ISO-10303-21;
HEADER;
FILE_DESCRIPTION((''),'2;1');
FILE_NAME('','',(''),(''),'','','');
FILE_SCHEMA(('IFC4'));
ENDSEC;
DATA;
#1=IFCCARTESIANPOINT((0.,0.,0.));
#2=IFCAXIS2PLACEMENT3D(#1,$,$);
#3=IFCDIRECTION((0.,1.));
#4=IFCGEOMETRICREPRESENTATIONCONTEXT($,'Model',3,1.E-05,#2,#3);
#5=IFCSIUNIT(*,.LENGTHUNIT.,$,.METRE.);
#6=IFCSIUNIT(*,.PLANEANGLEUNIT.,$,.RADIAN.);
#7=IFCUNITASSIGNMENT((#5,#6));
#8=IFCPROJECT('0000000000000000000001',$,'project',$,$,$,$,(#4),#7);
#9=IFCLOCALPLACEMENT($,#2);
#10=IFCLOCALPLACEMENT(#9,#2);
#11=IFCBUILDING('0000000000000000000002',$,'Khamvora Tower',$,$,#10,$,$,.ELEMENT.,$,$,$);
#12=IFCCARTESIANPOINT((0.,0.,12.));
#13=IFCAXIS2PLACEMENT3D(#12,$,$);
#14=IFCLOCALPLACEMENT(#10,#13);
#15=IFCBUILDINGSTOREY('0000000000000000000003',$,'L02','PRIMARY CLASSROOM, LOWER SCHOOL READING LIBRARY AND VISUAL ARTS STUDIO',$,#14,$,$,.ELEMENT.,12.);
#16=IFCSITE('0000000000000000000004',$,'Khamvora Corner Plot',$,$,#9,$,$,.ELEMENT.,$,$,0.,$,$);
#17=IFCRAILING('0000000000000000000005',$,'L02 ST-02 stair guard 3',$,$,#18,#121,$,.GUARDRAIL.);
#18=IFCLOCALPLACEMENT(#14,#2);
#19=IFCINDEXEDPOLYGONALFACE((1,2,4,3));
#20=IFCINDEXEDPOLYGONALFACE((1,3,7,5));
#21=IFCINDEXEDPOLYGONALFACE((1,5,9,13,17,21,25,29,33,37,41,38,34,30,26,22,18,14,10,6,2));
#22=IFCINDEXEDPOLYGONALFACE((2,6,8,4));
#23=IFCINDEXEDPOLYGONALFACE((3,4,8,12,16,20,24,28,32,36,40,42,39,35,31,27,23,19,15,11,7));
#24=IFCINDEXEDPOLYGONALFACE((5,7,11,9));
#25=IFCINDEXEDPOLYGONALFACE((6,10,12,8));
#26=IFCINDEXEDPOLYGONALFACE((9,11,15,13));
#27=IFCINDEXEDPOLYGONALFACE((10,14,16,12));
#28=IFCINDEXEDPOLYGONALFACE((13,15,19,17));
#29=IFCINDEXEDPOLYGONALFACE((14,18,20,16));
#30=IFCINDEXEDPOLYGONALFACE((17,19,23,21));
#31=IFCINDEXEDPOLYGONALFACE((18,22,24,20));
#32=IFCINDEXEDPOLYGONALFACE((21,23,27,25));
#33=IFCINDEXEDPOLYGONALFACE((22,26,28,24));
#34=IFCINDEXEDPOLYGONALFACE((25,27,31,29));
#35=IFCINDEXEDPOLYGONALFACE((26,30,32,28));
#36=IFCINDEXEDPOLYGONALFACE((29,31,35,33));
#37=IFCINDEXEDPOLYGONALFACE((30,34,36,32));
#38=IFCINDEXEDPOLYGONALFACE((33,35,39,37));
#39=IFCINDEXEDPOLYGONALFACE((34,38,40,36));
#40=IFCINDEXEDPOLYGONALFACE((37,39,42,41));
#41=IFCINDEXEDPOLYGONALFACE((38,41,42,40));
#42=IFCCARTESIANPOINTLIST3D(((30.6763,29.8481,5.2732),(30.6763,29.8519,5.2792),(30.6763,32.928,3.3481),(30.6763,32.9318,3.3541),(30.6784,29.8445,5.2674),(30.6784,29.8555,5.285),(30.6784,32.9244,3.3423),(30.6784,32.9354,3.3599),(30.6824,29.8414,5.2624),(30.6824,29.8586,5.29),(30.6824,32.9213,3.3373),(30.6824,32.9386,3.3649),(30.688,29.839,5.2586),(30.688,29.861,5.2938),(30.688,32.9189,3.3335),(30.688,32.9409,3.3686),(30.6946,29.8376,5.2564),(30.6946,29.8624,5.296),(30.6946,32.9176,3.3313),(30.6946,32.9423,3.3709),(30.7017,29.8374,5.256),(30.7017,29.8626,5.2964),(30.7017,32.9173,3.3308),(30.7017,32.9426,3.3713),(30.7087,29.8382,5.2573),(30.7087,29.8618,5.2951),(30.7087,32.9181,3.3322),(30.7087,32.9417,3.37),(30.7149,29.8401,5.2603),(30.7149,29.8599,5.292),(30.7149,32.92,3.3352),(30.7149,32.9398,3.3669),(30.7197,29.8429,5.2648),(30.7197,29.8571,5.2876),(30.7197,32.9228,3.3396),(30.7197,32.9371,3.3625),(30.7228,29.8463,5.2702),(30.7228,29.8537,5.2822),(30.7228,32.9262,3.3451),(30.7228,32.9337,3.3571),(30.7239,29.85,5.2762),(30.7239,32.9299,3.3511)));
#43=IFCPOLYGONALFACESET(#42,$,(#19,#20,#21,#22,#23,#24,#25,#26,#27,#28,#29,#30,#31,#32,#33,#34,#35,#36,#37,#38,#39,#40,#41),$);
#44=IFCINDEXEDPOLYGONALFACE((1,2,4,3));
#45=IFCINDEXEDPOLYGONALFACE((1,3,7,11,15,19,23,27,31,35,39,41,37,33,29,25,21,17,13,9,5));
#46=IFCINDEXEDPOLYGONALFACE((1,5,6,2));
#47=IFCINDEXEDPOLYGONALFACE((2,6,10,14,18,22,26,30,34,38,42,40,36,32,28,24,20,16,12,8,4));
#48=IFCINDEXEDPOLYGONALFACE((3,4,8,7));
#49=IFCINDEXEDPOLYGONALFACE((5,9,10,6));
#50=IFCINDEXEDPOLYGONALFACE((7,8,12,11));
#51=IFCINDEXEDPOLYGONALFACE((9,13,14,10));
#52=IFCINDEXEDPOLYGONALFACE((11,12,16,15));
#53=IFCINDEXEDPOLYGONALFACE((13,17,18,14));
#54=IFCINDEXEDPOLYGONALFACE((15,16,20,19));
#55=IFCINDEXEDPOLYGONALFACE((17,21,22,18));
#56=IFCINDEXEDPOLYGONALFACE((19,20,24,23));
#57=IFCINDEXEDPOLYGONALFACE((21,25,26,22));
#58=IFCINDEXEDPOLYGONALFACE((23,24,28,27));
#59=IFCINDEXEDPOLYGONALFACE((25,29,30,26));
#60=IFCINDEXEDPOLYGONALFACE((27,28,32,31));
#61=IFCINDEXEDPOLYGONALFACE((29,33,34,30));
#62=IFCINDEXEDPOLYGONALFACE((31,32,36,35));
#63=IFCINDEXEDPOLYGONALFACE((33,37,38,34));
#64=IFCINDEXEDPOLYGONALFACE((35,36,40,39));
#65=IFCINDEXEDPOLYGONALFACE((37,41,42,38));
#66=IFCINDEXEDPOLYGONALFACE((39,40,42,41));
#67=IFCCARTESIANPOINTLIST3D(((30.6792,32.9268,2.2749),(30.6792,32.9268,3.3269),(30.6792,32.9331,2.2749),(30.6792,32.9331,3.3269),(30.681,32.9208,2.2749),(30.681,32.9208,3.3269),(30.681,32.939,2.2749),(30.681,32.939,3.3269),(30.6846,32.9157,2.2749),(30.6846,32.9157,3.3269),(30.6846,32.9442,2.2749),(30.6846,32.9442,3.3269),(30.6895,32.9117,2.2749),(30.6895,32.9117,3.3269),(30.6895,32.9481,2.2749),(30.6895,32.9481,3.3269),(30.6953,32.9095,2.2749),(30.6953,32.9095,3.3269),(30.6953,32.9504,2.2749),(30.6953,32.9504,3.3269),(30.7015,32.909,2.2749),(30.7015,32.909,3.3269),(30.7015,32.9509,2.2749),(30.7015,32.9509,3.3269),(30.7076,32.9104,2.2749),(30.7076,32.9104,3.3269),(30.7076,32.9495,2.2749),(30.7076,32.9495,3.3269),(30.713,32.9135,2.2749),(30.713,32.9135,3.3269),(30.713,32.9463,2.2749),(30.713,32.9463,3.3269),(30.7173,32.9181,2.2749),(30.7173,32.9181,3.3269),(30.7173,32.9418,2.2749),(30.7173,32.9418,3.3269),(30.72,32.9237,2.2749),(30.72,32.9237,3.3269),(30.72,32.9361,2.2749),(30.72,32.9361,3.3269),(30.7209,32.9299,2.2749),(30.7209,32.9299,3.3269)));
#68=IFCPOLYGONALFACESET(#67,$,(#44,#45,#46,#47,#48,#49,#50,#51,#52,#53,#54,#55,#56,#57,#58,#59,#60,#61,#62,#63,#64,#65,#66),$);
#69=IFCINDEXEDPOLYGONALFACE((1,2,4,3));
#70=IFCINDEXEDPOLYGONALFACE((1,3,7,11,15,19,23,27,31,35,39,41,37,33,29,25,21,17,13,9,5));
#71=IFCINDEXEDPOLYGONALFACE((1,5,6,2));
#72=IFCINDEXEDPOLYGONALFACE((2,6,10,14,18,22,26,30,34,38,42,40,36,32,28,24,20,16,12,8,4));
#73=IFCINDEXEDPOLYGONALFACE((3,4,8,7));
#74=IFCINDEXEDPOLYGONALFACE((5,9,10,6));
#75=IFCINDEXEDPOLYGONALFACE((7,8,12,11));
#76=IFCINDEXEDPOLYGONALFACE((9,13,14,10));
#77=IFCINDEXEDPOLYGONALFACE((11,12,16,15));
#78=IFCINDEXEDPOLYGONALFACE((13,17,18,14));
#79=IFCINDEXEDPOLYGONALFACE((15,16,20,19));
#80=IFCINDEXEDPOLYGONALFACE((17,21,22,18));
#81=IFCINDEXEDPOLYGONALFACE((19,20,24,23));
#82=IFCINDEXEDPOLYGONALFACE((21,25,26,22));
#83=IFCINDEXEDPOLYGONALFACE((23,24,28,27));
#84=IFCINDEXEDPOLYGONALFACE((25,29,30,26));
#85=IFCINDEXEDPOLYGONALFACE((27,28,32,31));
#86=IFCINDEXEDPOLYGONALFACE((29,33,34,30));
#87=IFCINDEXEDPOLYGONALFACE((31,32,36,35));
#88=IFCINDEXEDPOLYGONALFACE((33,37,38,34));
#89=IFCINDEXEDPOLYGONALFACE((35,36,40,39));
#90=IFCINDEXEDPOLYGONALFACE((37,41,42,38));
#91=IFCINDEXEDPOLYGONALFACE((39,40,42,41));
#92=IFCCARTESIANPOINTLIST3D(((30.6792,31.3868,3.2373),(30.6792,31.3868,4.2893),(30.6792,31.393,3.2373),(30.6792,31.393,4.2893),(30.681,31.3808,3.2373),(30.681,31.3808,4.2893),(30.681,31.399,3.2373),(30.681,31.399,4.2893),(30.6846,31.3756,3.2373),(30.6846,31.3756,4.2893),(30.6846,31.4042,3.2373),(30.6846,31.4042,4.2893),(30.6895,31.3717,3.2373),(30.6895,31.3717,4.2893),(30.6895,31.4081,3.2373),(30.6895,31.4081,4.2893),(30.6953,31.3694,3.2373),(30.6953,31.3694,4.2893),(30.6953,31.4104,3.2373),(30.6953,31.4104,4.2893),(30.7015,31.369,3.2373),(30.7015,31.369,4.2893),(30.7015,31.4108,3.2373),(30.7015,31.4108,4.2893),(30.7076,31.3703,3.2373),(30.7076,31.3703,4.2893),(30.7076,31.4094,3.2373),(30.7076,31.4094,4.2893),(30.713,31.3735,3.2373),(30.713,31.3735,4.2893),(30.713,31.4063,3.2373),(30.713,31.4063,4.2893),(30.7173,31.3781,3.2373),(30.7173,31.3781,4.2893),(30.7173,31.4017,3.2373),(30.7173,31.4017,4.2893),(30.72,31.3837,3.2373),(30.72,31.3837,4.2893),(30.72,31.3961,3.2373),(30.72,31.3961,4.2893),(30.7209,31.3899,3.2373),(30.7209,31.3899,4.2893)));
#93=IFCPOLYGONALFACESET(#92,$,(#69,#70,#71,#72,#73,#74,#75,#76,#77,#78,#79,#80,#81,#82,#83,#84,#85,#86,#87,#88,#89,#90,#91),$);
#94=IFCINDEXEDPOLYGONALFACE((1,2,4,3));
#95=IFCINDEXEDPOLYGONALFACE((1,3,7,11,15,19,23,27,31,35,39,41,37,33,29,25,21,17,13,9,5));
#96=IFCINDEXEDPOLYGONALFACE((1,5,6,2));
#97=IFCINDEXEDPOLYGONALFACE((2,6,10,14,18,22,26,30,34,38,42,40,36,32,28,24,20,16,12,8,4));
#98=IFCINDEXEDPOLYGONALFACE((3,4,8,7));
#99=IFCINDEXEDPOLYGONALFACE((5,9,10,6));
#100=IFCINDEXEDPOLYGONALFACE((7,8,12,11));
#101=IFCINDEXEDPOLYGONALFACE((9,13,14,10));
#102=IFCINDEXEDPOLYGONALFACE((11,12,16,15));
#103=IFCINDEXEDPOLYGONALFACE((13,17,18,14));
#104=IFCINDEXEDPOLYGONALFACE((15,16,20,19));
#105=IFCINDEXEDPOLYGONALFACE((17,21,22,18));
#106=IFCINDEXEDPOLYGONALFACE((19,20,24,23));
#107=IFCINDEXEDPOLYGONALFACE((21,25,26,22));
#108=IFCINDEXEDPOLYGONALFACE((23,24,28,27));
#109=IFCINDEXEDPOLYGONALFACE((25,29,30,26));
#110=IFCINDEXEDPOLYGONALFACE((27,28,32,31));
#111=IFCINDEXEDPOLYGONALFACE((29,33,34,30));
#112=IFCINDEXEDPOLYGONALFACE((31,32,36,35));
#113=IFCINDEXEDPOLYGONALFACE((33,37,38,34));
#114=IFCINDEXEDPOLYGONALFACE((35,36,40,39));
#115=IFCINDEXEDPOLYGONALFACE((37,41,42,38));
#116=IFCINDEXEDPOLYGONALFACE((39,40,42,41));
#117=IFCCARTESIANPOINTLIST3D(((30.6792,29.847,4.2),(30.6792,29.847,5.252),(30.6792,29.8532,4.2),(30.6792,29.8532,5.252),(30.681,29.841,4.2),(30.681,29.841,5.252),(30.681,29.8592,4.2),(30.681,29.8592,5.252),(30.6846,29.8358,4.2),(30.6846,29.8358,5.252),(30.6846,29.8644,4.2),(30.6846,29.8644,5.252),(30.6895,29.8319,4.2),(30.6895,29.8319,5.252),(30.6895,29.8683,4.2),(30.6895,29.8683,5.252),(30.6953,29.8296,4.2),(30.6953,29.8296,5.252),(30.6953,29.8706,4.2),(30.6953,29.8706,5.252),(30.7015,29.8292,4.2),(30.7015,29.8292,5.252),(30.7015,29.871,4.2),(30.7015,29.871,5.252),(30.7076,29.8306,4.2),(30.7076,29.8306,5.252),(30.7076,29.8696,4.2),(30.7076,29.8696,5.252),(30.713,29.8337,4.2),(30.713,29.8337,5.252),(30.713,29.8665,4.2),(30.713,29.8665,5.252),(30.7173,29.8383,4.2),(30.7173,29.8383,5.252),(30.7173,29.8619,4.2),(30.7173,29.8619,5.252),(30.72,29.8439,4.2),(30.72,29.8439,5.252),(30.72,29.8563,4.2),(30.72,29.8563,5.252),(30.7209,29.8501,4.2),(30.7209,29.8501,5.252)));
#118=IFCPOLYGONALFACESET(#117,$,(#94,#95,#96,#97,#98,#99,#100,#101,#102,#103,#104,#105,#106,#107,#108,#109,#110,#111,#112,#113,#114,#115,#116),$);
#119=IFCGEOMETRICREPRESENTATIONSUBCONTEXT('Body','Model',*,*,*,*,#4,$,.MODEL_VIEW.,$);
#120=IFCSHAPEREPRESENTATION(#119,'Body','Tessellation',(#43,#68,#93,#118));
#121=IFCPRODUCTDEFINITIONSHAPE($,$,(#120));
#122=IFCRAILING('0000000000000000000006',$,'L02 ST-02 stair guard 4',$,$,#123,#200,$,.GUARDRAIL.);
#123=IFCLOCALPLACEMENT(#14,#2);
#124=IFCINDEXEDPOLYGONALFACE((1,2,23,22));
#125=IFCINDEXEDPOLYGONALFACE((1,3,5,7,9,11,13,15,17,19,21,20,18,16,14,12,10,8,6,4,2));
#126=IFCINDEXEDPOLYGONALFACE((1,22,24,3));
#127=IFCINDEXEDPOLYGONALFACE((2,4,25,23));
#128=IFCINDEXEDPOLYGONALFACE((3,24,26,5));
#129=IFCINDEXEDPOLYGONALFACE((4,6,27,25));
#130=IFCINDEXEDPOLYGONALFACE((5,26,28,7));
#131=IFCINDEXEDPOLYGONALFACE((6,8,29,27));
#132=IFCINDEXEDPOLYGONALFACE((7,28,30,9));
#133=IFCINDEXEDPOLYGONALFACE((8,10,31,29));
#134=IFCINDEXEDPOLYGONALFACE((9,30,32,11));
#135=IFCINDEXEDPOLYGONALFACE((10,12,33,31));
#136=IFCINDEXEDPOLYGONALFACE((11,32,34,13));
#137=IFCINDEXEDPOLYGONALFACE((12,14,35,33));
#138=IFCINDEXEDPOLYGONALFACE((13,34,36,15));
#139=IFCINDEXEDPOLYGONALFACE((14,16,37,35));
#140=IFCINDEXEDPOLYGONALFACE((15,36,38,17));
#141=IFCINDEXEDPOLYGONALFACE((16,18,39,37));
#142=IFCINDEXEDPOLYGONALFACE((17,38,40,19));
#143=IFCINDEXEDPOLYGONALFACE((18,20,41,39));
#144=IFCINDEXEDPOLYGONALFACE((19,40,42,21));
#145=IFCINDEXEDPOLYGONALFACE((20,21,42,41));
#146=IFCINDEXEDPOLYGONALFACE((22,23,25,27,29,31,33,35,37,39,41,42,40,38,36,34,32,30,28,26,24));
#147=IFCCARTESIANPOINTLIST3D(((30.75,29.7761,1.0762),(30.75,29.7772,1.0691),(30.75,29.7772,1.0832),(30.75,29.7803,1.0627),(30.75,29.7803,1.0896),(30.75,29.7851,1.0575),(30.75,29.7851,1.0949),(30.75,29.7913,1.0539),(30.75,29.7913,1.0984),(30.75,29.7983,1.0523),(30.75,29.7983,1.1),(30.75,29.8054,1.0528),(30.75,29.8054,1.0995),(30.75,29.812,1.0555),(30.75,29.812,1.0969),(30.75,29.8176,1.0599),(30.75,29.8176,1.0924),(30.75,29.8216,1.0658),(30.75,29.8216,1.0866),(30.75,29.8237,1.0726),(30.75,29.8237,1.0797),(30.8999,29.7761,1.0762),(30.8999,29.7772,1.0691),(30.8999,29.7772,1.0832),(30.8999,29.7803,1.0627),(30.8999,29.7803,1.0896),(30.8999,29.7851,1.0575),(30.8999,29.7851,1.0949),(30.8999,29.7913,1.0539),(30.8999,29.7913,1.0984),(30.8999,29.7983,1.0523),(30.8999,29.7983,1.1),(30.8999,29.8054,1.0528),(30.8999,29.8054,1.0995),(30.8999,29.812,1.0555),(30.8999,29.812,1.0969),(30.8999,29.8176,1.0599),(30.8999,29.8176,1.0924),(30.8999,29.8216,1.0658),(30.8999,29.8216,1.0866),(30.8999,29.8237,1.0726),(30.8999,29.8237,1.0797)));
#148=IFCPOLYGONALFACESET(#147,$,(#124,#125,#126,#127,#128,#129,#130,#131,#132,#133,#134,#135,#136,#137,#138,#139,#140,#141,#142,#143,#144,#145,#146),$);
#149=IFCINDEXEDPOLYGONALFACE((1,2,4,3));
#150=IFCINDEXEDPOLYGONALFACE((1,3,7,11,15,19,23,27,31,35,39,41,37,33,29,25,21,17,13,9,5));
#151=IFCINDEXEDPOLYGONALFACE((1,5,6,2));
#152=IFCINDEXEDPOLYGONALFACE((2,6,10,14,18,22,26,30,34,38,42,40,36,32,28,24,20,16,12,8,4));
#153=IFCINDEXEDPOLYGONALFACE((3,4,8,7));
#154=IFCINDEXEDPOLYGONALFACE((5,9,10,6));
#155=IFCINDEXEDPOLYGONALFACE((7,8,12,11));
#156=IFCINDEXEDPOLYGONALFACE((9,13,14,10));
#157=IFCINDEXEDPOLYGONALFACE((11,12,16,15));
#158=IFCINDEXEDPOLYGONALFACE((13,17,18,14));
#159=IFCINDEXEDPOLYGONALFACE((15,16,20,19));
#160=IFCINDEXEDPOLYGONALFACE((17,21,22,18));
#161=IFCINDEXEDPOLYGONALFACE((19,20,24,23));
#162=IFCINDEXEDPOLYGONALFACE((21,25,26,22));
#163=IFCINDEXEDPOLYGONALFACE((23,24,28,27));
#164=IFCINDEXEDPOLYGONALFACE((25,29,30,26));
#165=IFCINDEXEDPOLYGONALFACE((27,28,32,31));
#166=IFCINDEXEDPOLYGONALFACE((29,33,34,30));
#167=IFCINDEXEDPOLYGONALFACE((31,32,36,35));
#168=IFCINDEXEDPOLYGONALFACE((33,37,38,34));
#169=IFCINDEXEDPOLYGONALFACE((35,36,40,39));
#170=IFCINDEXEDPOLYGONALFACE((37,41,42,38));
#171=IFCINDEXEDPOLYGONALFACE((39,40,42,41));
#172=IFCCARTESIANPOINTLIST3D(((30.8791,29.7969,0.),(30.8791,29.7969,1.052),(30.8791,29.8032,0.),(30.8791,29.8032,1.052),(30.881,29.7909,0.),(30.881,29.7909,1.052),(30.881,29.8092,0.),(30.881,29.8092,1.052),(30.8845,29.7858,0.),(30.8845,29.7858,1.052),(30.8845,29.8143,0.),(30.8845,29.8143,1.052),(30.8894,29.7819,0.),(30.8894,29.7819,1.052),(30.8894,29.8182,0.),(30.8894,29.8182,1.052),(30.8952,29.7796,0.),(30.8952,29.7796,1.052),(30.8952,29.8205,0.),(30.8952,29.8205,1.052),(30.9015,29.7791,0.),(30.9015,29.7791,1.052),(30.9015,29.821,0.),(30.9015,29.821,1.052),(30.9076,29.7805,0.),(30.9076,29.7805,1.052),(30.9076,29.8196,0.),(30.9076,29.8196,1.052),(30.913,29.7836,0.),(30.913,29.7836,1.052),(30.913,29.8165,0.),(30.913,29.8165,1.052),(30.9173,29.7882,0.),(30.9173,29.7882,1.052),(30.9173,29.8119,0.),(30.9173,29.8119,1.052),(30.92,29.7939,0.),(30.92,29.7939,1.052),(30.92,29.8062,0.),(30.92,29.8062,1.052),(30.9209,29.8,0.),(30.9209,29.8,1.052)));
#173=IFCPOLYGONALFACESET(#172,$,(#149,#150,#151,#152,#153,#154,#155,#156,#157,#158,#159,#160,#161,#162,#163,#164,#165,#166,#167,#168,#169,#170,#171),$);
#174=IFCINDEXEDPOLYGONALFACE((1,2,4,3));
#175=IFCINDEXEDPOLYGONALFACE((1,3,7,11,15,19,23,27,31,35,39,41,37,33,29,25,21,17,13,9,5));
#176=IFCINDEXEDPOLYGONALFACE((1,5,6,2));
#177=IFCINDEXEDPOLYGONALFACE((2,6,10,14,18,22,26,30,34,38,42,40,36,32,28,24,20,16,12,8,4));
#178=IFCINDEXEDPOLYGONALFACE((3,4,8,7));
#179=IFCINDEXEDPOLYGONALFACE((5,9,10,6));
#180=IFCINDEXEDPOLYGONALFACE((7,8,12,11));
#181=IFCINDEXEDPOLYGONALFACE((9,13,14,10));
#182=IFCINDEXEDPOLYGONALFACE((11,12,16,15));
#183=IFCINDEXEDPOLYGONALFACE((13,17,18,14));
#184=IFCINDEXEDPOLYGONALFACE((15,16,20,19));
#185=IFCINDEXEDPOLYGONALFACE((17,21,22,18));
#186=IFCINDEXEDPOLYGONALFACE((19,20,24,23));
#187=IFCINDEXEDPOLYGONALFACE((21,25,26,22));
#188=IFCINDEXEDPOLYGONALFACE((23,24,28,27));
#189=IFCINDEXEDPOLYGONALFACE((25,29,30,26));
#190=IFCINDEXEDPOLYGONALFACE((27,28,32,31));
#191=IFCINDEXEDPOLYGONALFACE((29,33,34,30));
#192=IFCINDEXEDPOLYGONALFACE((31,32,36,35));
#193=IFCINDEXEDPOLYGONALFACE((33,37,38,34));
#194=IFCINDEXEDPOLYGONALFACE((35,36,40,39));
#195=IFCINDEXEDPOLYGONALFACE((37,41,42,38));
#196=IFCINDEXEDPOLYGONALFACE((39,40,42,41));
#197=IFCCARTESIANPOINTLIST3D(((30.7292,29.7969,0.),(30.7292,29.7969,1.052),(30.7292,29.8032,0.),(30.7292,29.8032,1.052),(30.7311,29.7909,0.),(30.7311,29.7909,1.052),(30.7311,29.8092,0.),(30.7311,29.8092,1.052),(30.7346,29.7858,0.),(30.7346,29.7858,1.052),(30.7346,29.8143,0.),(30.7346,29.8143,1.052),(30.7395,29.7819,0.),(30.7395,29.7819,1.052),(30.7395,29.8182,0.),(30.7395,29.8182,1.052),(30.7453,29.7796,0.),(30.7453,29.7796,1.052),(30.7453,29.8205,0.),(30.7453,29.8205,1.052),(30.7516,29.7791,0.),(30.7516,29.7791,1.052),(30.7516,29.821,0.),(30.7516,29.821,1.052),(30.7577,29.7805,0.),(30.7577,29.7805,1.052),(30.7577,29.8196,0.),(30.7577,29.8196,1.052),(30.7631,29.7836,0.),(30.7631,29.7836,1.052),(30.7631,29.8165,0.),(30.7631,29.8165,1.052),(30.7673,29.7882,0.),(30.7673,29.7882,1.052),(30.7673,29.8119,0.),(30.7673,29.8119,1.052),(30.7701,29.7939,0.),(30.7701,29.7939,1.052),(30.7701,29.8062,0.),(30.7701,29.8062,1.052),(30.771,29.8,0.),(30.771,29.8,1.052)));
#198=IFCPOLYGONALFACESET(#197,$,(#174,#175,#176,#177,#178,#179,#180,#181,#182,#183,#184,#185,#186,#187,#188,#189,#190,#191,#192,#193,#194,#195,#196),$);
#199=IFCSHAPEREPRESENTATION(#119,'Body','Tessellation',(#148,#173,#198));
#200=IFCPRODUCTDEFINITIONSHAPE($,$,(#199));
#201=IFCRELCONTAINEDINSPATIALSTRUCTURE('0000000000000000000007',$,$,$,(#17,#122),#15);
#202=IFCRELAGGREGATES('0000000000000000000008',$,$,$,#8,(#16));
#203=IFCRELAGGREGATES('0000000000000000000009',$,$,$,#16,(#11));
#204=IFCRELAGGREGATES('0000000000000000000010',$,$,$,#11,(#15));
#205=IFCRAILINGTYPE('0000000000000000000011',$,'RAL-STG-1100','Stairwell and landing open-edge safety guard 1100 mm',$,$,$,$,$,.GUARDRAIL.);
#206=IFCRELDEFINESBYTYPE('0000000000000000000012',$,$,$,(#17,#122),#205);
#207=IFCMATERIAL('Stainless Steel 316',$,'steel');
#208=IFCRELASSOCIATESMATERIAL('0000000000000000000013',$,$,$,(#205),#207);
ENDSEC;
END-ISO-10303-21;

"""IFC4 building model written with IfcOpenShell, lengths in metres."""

from ifc_helpers import new_model, si_unit, direction, frame, origin, origin_2d, place, context, subcontext, project, spatial, circle, extrude, material, type_object, element, save


model = new_model("IFC4")

# Units and contexts
model_context = context("Model", 3, precision=1e-05, world=origin(), true_north=direction((0.0, 1.0)))
body_context = subcontext(model_context, "Body", "Model", "MODEL_VIEW")
ifc_project = project(units=[si_unit("LENGTHUNIT", "METRE"), si_unit("PLANEANGLEUNIT", "RADIAN")], contexts=[model_context])

# Site, building, storey
site_placement = place(None, origin())
site = spatial("IfcSite", under=ifc_project, at=site_placement, Name="Khamvora Corner Plot", CompositionType="ELEMENT", RefElevation=0.0)
building_placement = place(site_placement, origin())
building = spatial("IfcBuilding", under=site, at=building_placement, Name="Khamvora Tower", CompositionType="ELEMENT")
storey_placement = place(building_placement, frame((0.0, 0.0, 12.0)))
storey = spatial("IfcBuildingStorey", under=building, at=storey_placement, Name="L02", Description="PRIMARY CLASSROOM, LOWER SCHOOL READING LIBRARY AND VISUAL ARTS STUDIO", CompositionType="ELEMENT", Elevation=12.0)

# Railings
ifc_material_1 = material(Name="Stainless Steel 316", Category="steel")
railing_type_1 = type_object("IfcRailingType", Name="RAL-STG-1100", Description="Stairwell and landing open-edge safety guard 1100 mm", PredefinedType="GUARDRAIL", material=ifc_material_1)
railing_1_placement = place(storey_placement, frame((30.7, 32.9299, 2.2749)))
element("IfcRailing", 1, at=railing_1_placement, inside=storey, type_object=railing_type_1, Name="L02 ST-02 stair guard 3", PredefinedType="GUARDRAIL", context=body_context, shape_type="SweptSolid", body=[
    extrude(circle(Radius=0.0239, at=origin_2d()), frame((0.0, 0.0, 1.0762), z_axis=(0.0, -0.847979, 0.530029), x_axis=(1.0, 0.0, 0.0)), (0.0, 0.0, 1.0), 3.6321),
    extrude(circle(Radius=0.021, at=origin_2d()), origin(), (0.0, 0.0, 1.0), 1.052),
    extrude(circle(Radius=0.021, at=origin_2d()), frame((0.0, -1.54, 0.9624)), (0.0, 0.0, 1.0), 1.052),
    extrude(circle(Radius=0.021, at=origin_2d()), frame((0.0, -3.0798, 1.925)), (0.0, 0.0, 1.0), 1.052),
])
railing_2_placement = place(storey_placement, frame((30.8999, 29.8, 0.0)))
element("IfcRailing", 2, at=railing_2_placement, inside=storey, type_object=railing_type_1, Name="L02 ST-02 stair guard 4", PredefinedType="GUARDRAIL", context=body_context, shape_type="SweptSolid", body=[
    extrude(circle(Radius=0.0239, at=origin_2d()), frame((0.0, 0.0, 1.0762), z_axis=(-1.0, 0.0, 0.0), x_axis=(0.0, -1.0, 0.0)), (0.0, 0.0, 1.0), 0.1499),
    extrude(circle(Radius=0.021, at=origin_2d()), origin(), (0.0, 0.0, 1.0), 1.052),
    extrude(circle(Radius=0.021, at=origin_2d()), frame((-0.1499, 0.0, 0.0)), (0.0, 0.0, 1.0), 1.052),
])

save(model, "model.ifc")
